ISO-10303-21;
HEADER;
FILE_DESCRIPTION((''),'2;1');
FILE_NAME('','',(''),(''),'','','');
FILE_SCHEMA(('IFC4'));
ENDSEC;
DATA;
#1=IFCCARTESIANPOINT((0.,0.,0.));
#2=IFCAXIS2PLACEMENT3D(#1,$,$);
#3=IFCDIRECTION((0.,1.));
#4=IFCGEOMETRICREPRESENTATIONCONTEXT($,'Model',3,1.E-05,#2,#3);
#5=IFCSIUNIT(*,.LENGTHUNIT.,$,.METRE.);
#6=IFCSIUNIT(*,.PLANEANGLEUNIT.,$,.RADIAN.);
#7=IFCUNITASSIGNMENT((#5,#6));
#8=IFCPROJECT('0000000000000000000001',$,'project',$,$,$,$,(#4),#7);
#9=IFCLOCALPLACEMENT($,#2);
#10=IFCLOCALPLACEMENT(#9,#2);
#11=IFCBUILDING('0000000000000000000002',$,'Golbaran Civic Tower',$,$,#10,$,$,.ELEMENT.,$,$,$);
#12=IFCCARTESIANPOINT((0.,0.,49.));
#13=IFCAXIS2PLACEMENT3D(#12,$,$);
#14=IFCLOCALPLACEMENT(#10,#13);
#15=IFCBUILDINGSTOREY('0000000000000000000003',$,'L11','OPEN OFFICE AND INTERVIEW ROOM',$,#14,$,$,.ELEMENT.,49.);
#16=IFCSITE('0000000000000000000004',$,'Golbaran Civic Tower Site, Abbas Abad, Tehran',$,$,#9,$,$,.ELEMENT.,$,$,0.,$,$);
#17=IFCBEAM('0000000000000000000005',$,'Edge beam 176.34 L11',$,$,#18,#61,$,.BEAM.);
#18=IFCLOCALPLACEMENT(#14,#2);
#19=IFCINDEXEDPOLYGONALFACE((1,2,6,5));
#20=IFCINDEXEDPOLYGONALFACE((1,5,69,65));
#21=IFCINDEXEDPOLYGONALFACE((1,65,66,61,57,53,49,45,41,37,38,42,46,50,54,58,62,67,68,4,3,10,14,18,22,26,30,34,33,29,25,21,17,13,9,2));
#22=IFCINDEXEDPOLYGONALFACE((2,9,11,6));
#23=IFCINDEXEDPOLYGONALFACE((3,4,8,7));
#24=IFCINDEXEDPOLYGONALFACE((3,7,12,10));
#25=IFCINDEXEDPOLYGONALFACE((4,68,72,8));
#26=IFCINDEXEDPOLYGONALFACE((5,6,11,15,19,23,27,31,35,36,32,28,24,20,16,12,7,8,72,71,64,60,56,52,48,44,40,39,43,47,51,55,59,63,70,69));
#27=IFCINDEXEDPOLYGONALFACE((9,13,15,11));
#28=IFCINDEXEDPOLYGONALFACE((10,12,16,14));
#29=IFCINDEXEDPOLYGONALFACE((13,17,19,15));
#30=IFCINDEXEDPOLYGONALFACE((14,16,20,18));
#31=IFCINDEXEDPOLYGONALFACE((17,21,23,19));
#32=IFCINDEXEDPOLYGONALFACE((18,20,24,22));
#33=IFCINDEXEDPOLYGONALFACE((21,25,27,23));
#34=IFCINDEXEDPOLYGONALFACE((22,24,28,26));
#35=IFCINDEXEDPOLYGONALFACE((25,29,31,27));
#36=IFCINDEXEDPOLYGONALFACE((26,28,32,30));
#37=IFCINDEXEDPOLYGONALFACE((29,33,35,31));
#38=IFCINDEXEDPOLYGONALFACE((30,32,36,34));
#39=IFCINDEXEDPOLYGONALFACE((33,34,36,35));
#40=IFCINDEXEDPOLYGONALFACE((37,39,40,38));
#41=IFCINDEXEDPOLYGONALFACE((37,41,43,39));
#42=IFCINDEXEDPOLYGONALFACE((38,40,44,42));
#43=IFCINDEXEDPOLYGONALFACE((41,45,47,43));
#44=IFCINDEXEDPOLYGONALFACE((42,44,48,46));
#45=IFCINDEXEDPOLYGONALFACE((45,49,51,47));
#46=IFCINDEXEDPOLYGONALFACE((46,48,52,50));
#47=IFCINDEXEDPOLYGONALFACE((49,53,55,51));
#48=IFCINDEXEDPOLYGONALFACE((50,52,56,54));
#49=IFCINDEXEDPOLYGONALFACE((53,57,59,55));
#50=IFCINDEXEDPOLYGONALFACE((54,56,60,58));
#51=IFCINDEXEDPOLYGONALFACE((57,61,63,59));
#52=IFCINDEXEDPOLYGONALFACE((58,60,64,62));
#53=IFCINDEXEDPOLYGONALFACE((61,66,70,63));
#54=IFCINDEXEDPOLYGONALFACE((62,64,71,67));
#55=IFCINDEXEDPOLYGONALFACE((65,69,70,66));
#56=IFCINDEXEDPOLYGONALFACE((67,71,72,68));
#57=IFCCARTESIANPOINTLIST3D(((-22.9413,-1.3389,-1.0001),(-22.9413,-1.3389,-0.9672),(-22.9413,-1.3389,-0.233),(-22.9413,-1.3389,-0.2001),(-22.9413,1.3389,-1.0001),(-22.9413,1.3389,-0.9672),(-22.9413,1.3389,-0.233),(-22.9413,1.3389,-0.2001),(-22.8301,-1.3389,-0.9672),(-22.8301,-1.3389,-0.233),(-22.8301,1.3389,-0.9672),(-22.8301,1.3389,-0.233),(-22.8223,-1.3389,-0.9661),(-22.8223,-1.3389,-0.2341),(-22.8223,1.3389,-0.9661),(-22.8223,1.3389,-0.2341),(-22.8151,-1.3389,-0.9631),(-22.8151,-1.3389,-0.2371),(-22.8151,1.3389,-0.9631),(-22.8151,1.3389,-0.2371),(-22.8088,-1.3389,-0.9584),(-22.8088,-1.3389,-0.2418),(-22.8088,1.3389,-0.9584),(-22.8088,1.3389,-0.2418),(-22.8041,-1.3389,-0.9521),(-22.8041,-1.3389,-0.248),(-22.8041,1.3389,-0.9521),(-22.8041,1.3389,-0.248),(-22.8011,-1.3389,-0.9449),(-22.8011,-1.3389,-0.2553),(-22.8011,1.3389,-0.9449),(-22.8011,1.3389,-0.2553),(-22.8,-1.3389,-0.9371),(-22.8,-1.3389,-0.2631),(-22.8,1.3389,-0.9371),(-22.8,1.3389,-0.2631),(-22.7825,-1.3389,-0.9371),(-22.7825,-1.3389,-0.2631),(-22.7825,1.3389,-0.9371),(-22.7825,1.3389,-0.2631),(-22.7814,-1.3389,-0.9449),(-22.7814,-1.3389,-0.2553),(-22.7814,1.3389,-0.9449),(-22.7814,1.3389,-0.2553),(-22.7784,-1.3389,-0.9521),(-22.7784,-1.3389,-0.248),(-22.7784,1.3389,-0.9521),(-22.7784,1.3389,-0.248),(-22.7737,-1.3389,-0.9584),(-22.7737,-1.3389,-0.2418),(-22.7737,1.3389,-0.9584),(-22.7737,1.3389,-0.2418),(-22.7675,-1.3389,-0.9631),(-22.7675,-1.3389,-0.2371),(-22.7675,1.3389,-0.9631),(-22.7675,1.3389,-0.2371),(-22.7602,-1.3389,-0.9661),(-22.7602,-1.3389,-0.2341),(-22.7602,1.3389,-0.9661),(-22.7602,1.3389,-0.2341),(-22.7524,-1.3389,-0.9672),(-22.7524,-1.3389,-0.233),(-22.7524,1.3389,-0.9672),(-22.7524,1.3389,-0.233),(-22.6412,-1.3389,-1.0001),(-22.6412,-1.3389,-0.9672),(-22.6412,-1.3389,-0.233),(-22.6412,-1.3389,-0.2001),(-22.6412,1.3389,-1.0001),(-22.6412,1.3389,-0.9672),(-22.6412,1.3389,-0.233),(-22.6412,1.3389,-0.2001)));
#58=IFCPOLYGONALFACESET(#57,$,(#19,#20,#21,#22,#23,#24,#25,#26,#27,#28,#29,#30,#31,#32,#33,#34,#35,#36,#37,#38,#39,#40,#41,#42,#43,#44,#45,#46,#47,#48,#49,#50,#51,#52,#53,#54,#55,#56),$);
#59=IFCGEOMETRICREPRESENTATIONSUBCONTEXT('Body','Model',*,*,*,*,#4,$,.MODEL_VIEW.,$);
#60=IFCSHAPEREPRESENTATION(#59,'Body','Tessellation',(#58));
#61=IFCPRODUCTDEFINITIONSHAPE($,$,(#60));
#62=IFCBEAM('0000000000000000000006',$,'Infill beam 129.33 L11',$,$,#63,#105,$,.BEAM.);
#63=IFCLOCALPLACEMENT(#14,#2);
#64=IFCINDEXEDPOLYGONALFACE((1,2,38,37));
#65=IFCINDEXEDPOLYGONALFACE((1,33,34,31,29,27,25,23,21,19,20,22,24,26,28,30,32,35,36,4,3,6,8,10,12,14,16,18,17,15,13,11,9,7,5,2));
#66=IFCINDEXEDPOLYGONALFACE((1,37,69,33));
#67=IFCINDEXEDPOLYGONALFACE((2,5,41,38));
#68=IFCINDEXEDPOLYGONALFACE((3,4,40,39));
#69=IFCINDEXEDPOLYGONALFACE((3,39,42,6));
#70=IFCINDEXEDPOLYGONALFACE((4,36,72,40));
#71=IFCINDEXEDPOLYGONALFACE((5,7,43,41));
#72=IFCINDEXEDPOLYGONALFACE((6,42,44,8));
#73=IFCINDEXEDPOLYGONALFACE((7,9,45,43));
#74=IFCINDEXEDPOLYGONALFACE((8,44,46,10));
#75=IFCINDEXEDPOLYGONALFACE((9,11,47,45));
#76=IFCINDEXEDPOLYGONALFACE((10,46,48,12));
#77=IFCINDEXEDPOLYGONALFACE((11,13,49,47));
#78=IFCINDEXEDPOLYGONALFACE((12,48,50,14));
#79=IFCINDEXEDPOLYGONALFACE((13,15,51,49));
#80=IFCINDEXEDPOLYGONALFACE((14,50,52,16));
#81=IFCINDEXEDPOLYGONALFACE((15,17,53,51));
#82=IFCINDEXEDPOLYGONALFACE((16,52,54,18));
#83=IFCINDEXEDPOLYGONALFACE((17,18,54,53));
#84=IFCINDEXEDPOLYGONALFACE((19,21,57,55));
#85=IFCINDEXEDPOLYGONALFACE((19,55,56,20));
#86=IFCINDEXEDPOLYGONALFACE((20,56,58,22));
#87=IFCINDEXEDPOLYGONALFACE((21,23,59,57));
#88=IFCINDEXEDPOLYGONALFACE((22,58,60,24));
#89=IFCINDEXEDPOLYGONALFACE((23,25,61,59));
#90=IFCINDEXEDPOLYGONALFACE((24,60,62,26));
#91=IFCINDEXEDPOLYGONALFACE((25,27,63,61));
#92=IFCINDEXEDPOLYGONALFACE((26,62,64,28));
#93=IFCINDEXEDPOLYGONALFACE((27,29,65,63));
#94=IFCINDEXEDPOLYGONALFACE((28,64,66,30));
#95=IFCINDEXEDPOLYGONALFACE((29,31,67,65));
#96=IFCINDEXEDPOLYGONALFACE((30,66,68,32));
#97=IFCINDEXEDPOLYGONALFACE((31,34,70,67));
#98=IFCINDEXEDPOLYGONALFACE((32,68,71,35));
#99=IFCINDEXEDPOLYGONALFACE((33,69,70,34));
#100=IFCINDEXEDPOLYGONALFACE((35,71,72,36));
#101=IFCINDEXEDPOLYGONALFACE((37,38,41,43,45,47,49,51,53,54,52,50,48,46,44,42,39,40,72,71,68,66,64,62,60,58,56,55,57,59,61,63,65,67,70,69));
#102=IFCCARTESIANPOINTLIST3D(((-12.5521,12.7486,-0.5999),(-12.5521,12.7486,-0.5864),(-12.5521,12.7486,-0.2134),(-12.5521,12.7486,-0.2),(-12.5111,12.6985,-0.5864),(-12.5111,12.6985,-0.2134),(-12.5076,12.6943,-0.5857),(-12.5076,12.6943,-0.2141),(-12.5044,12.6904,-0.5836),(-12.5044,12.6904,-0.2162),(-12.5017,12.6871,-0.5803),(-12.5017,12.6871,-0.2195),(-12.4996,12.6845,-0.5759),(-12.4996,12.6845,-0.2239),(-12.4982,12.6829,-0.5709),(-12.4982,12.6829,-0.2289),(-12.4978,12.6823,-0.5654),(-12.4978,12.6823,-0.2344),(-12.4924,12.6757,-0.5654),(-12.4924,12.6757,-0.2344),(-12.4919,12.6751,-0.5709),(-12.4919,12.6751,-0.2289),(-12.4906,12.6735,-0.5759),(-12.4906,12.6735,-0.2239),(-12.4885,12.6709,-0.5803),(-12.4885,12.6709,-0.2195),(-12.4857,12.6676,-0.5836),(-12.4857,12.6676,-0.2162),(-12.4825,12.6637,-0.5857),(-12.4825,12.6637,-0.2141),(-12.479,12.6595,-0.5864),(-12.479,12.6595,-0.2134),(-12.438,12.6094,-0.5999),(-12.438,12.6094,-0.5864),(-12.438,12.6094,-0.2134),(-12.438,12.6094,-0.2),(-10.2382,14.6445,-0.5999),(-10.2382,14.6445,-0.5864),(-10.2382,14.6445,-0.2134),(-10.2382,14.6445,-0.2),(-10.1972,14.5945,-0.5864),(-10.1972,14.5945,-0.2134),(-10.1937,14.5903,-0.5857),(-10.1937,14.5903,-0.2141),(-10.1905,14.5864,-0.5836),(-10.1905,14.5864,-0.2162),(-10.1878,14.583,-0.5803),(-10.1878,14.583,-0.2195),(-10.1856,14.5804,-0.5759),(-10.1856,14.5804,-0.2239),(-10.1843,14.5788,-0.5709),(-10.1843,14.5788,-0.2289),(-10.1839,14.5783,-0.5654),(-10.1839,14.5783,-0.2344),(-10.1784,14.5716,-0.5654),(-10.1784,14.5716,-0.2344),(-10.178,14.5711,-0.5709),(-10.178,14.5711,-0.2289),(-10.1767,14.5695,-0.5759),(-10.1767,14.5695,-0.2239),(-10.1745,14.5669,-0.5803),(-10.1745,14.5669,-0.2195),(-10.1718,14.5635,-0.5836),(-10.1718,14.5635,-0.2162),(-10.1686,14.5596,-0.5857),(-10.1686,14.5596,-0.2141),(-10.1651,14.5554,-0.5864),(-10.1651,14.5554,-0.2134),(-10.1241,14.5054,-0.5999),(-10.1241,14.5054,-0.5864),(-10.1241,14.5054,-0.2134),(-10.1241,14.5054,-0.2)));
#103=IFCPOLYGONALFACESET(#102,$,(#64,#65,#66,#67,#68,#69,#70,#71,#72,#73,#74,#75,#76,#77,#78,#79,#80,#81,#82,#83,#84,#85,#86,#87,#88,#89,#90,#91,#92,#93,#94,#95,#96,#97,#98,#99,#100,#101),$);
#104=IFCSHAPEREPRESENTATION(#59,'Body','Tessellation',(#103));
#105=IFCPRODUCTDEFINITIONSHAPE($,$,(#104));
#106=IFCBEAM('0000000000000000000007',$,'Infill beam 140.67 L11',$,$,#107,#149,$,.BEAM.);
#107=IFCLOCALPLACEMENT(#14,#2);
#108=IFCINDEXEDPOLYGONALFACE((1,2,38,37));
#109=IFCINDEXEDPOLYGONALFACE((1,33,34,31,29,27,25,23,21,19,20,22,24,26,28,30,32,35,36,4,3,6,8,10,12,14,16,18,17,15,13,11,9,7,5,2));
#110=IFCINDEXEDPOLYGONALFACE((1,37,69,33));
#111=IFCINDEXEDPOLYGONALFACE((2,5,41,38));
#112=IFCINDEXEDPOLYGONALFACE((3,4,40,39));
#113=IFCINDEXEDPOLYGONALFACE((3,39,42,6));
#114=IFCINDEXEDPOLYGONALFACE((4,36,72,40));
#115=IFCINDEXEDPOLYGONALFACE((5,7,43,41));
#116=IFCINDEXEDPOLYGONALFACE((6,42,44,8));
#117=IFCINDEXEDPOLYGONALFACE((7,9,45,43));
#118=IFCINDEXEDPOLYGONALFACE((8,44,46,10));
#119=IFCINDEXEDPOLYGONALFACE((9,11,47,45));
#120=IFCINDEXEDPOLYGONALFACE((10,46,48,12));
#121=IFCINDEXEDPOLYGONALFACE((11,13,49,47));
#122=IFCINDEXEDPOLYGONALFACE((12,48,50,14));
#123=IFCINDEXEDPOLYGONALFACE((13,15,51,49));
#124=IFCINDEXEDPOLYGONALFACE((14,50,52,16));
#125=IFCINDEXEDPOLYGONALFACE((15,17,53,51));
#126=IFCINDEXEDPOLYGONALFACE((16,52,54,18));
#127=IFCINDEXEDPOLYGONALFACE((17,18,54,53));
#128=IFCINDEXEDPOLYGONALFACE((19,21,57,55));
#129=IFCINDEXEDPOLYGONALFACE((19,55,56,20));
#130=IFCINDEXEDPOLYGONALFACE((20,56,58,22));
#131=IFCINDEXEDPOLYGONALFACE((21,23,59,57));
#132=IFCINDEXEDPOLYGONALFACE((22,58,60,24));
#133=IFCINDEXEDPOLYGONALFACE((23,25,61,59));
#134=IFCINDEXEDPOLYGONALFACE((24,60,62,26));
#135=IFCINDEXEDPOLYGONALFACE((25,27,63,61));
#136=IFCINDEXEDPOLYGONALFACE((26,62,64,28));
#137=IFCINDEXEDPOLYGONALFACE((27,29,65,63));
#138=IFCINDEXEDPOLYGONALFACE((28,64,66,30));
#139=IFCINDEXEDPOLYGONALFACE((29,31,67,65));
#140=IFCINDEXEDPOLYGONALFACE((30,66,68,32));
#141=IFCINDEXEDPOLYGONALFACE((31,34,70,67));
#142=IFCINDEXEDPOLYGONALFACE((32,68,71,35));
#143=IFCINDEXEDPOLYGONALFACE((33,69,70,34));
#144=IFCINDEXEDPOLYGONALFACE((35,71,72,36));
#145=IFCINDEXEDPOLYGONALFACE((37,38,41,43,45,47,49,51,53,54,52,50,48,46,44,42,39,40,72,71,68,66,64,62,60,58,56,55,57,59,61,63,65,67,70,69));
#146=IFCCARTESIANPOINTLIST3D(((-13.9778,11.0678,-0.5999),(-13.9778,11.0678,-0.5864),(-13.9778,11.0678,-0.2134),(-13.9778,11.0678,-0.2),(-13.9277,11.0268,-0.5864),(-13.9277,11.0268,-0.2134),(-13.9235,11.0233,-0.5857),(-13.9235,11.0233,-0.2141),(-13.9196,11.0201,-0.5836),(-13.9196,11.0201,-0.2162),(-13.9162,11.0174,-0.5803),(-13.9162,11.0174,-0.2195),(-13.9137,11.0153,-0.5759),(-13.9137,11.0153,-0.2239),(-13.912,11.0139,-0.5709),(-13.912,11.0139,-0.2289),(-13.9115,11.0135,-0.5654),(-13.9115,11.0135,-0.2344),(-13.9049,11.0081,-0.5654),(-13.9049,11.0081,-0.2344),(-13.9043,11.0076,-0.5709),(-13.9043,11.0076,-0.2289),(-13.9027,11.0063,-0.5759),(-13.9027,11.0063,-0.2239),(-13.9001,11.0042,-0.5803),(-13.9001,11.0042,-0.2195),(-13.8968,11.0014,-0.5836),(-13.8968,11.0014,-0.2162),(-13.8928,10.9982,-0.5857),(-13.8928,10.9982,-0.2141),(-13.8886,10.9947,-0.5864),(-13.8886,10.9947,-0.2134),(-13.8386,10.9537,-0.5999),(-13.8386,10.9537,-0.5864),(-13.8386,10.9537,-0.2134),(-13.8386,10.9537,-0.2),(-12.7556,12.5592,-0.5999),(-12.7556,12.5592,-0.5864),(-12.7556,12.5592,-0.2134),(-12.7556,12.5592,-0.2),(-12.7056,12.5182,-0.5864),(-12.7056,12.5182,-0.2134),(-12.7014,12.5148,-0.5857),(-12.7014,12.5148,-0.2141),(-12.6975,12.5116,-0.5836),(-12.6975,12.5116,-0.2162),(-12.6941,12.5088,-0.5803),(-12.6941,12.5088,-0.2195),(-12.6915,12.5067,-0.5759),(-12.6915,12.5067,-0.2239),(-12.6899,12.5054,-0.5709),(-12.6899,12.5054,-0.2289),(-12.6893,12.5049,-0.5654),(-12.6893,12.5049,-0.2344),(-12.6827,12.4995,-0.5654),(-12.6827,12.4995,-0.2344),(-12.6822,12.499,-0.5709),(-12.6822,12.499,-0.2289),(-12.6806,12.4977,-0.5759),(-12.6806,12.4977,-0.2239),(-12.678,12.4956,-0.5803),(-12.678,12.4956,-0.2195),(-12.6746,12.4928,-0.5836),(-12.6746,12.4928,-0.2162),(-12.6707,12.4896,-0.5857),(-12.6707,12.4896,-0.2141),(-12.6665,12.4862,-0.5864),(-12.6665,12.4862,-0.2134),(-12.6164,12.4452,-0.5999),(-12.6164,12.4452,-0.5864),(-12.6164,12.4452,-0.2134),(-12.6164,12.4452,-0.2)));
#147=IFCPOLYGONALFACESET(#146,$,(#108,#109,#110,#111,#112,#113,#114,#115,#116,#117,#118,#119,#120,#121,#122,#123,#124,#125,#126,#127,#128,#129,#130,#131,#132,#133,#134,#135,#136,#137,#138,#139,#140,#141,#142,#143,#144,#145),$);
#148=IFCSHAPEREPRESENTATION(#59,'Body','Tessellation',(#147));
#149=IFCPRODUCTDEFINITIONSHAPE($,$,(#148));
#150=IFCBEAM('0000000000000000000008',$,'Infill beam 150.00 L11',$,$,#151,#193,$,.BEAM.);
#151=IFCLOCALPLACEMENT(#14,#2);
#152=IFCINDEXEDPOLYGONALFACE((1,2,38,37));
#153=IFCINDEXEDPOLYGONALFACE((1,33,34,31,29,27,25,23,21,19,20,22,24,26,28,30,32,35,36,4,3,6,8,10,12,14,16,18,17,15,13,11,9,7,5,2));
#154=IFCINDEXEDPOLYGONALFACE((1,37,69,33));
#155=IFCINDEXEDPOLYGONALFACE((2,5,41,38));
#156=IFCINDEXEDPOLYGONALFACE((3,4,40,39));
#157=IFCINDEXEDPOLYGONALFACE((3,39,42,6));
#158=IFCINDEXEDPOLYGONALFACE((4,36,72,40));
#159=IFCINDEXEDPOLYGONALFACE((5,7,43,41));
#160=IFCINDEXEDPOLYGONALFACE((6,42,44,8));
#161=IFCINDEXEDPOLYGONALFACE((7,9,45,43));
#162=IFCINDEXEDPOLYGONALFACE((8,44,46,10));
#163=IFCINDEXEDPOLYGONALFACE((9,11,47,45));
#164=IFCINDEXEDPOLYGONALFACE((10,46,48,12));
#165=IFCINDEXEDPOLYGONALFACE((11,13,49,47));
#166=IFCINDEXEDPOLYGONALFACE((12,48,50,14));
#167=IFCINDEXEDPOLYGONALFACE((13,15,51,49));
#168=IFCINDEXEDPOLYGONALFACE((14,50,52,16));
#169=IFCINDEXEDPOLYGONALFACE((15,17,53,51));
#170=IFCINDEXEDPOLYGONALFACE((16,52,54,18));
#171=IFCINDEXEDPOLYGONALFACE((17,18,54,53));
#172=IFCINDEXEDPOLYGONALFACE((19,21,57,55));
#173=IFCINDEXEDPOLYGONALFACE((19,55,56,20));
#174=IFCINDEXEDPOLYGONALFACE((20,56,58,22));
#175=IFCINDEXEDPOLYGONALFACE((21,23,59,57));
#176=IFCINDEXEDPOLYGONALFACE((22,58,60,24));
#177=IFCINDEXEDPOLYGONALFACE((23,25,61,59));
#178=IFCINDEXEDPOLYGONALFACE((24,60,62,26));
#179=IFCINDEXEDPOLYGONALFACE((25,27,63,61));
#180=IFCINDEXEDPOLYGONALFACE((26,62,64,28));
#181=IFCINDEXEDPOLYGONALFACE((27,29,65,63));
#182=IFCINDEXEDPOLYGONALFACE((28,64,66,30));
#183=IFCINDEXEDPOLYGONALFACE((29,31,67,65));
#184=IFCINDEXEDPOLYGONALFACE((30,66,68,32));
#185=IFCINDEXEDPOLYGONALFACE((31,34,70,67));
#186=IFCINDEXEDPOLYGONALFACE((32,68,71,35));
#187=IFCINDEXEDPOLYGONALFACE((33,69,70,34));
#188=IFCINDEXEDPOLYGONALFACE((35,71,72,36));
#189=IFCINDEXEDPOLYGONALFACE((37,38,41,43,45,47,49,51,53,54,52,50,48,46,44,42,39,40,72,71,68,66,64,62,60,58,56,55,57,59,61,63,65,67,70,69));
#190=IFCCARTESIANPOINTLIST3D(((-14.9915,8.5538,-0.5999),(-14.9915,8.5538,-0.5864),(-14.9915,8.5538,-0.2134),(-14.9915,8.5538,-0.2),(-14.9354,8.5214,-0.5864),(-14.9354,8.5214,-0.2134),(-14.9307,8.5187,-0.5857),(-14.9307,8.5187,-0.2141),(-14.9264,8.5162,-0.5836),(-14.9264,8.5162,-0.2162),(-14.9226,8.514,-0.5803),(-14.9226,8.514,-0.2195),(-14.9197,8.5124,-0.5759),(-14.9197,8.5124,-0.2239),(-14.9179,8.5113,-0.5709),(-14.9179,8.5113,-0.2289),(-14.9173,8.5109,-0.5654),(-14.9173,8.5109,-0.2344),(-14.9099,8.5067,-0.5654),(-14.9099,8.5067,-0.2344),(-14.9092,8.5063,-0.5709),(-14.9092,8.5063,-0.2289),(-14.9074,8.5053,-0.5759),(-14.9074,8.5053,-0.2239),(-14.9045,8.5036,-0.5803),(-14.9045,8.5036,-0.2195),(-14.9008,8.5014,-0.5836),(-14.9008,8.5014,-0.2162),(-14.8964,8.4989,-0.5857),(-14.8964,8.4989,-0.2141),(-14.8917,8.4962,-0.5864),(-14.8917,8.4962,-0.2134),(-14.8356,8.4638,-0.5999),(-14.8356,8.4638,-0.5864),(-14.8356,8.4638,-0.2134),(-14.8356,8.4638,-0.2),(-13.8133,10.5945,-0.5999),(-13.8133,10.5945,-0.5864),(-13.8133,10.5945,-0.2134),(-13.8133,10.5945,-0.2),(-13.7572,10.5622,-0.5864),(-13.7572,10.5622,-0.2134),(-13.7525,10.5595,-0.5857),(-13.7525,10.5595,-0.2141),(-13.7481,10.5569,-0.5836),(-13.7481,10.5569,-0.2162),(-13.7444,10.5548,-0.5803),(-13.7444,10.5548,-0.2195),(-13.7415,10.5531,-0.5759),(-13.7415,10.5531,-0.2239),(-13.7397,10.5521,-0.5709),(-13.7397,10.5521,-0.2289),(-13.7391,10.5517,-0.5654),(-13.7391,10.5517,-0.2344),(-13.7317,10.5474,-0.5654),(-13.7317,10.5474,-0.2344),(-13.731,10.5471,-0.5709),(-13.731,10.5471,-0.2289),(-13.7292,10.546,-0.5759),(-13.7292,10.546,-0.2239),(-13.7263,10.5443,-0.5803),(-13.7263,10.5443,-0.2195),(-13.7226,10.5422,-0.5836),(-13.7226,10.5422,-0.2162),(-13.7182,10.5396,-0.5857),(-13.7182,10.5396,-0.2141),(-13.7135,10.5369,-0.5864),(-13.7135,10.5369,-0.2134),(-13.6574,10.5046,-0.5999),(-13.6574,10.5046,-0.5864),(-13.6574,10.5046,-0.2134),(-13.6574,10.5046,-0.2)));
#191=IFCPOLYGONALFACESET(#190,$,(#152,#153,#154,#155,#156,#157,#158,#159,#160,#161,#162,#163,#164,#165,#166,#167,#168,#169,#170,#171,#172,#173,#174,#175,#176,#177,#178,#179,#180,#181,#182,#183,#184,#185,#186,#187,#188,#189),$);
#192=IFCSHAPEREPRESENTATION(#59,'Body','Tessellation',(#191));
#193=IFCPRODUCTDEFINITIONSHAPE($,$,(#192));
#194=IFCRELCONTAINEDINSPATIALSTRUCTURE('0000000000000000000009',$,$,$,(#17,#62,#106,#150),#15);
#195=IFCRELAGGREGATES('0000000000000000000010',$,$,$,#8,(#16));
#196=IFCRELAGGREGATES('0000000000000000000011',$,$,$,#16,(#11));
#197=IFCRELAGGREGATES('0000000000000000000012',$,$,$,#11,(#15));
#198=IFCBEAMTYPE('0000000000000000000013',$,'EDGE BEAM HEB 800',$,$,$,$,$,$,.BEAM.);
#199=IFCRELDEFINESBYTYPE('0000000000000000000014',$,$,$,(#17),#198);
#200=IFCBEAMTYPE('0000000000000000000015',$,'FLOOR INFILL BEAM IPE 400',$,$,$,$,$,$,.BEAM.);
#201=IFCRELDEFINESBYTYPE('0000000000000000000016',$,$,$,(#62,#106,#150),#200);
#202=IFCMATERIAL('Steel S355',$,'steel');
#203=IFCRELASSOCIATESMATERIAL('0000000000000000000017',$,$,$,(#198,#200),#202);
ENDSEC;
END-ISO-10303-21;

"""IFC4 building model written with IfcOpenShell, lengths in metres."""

from ifc_helpers import new_model, si_unit, direction, frame, origin, origin_2d, place, context, subcontext, project, spatial, i_section, extrude, material, material_profile, profile_set, type_object, element, save


model = new_model("IFC4")

# Units and contexts
model_context = context("Model", 3, precision=1e-05, world=origin(), true_north=direction((0.0, 1.0)))
body_context = subcontext(model_context, "Body", "Model", "MODEL_VIEW")
ifc_project = project(units=[si_unit("LENGTHUNIT", "METRE"), si_unit("PLANEANGLEUNIT", "RADIAN")], contexts=[model_context])

# Site, building, storey
site_placement = place(None, origin())
site = spatial("IfcSite", under=ifc_project, at=site_placement, Name="Golbaran Civic Tower Site, Abbas Abad, Tehran", CompositionType="ELEMENT", RefElevation=0.0)
building_placement = place(site_placement, origin())
building = spatial("IfcBuilding", under=site, at=building_placement, Name="Golbaran Civic Tower", CompositionType="ELEMENT")
storey_placement = place(building_placement, frame((0.0, 0.0, 49.0)))
storey = spatial("IfcBuildingStorey", under=building, at=storey_placement, Name="L11", Description="OPEN OFFICE AND INTERVIEW ROOM", CompositionType="ELEMENT", Elevation=49.0)

# Beams
ifc_material_1 = material(Name="Steel S355", Category="steel")
ifc_material_profile_1 = material_profile(ifc_material_1, i_section(OverallWidth=0.3, OverallDepth=0.8, WebThickness=0.0176, FlangeThickness=0.033, FilletRadius=0.03, at=origin_2d()), Name="HEB 800")
ifc_profile_set_1 = profile_set([ifc_material_profile_1], Name="Steel S355")
beam_type_1 = type_object("IfcBeamType", Name="EDGE BEAM HEB 800", PredefinedType="BEAM", material=ifc_profile_set_1)
beam_1_placement = place(storey_placement, frame((-22.7913, 1.3389, -0.6001), z_axis=(0.0, -1.0, 0.0), x_axis=(1.0, 0.0, 0.0)))
element("IfcBeam", 1, at=beam_1_placement, inside=storey, type_object=beam_type_1, Name="Edge beam 176.34 L11", PredefinedType="BEAM", context=body_context, shape_type="SweptSolid", body=[
    extrude(i_section(OverallWidth=0.3, OverallDepth=0.8, WebThickness=0.0176, FlangeThickness=0.033, FilletRadius=0.03, at=origin_2d()), origin(), (0.0, 0.0, 1.0), 2.6777),
])
ifc_material_profile_2 = material_profile(ifc_material_1, i_section(OverallWidth=0.1799, OverallDepth=0.3999, WebThickness=0.0085, FlangeThickness=0.0134, FilletRadius=0.021, at=origin_2d()), Name="IPE 400")
ifc_profile_set_2 = profile_set([ifc_material_profile_2], Name="Steel S355")
beam_type_2 = type_object("IfcBeamType", Name="FLOOR INFILL BEAM IPE 400", PredefinedType="BEAM", material=ifc_profile_set_2)
beam_2_placement = place(storey_placement, frame((-10.1812, 14.575, -0.3999), z_axis=(-0.773506, -0.633789, 0.0), x_axis=(0.633789, -0.773506, 0.0)))
element("IfcBeam", 2, at=beam_2_placement, inside=storey, type_object=beam_type_2, Name="Infill beam 129.33 L11", PredefinedType="BEAM", context=body_context, shape_type="SweptSolid", body=[
    extrude(i_section(OverallWidth=0.1799, OverallDepth=0.3999, WebThickness=0.0085, FlangeThickness=0.0134, FilletRadius=0.021, at=origin_2d()), origin(), (0.0, 0.0, 1.0), 2.9915),
])
beam_3_placement = place(storey_placement, frame((-12.686, 12.5022, -0.3999), z_axis=(-0.633824, -0.773478, 0.0), x_axis=(0.773478, -0.633824, 0.0)))
element("IfcBeam", 3, at=beam_3_placement, inside=storey, type_object=beam_type_2, Name="Infill beam 140.67 L11", PredefinedType="BEAM", context=body_context, shape_type="SweptSolid", body=[
    extrude(i_section(OverallWidth=0.1799, OverallDepth=0.3999, WebThickness=0.0085, FlangeThickness=0.0134, FilletRadius=0.021, at=origin_2d()), origin(), (0.0, 0.0, 1.0), 1.9282),
])
beam_4_placement = place(storey_placement, frame((-13.7354, 10.5496, -0.3999), z_axis=(-0.499994, -0.866029, 0.0), x_axis=(0.866029, -0.499994, 0.0)))
element("IfcBeam", 4, at=beam_4_placement, inside=storey, type_object=beam_type_2, Name="Infill beam 150.00 L11", PredefinedType="BEAM", context=body_context, shape_type="SweptSolid", body=[
    extrude(i_section(OverallWidth=0.1799, OverallDepth=0.3999, WebThickness=0.0085, FlangeThickness=0.0134, FilletRadius=0.021, at=origin_2d()), origin(), (0.0, 0.0, 1.0), 2.3564),
])

save(model, "model.ifc")
